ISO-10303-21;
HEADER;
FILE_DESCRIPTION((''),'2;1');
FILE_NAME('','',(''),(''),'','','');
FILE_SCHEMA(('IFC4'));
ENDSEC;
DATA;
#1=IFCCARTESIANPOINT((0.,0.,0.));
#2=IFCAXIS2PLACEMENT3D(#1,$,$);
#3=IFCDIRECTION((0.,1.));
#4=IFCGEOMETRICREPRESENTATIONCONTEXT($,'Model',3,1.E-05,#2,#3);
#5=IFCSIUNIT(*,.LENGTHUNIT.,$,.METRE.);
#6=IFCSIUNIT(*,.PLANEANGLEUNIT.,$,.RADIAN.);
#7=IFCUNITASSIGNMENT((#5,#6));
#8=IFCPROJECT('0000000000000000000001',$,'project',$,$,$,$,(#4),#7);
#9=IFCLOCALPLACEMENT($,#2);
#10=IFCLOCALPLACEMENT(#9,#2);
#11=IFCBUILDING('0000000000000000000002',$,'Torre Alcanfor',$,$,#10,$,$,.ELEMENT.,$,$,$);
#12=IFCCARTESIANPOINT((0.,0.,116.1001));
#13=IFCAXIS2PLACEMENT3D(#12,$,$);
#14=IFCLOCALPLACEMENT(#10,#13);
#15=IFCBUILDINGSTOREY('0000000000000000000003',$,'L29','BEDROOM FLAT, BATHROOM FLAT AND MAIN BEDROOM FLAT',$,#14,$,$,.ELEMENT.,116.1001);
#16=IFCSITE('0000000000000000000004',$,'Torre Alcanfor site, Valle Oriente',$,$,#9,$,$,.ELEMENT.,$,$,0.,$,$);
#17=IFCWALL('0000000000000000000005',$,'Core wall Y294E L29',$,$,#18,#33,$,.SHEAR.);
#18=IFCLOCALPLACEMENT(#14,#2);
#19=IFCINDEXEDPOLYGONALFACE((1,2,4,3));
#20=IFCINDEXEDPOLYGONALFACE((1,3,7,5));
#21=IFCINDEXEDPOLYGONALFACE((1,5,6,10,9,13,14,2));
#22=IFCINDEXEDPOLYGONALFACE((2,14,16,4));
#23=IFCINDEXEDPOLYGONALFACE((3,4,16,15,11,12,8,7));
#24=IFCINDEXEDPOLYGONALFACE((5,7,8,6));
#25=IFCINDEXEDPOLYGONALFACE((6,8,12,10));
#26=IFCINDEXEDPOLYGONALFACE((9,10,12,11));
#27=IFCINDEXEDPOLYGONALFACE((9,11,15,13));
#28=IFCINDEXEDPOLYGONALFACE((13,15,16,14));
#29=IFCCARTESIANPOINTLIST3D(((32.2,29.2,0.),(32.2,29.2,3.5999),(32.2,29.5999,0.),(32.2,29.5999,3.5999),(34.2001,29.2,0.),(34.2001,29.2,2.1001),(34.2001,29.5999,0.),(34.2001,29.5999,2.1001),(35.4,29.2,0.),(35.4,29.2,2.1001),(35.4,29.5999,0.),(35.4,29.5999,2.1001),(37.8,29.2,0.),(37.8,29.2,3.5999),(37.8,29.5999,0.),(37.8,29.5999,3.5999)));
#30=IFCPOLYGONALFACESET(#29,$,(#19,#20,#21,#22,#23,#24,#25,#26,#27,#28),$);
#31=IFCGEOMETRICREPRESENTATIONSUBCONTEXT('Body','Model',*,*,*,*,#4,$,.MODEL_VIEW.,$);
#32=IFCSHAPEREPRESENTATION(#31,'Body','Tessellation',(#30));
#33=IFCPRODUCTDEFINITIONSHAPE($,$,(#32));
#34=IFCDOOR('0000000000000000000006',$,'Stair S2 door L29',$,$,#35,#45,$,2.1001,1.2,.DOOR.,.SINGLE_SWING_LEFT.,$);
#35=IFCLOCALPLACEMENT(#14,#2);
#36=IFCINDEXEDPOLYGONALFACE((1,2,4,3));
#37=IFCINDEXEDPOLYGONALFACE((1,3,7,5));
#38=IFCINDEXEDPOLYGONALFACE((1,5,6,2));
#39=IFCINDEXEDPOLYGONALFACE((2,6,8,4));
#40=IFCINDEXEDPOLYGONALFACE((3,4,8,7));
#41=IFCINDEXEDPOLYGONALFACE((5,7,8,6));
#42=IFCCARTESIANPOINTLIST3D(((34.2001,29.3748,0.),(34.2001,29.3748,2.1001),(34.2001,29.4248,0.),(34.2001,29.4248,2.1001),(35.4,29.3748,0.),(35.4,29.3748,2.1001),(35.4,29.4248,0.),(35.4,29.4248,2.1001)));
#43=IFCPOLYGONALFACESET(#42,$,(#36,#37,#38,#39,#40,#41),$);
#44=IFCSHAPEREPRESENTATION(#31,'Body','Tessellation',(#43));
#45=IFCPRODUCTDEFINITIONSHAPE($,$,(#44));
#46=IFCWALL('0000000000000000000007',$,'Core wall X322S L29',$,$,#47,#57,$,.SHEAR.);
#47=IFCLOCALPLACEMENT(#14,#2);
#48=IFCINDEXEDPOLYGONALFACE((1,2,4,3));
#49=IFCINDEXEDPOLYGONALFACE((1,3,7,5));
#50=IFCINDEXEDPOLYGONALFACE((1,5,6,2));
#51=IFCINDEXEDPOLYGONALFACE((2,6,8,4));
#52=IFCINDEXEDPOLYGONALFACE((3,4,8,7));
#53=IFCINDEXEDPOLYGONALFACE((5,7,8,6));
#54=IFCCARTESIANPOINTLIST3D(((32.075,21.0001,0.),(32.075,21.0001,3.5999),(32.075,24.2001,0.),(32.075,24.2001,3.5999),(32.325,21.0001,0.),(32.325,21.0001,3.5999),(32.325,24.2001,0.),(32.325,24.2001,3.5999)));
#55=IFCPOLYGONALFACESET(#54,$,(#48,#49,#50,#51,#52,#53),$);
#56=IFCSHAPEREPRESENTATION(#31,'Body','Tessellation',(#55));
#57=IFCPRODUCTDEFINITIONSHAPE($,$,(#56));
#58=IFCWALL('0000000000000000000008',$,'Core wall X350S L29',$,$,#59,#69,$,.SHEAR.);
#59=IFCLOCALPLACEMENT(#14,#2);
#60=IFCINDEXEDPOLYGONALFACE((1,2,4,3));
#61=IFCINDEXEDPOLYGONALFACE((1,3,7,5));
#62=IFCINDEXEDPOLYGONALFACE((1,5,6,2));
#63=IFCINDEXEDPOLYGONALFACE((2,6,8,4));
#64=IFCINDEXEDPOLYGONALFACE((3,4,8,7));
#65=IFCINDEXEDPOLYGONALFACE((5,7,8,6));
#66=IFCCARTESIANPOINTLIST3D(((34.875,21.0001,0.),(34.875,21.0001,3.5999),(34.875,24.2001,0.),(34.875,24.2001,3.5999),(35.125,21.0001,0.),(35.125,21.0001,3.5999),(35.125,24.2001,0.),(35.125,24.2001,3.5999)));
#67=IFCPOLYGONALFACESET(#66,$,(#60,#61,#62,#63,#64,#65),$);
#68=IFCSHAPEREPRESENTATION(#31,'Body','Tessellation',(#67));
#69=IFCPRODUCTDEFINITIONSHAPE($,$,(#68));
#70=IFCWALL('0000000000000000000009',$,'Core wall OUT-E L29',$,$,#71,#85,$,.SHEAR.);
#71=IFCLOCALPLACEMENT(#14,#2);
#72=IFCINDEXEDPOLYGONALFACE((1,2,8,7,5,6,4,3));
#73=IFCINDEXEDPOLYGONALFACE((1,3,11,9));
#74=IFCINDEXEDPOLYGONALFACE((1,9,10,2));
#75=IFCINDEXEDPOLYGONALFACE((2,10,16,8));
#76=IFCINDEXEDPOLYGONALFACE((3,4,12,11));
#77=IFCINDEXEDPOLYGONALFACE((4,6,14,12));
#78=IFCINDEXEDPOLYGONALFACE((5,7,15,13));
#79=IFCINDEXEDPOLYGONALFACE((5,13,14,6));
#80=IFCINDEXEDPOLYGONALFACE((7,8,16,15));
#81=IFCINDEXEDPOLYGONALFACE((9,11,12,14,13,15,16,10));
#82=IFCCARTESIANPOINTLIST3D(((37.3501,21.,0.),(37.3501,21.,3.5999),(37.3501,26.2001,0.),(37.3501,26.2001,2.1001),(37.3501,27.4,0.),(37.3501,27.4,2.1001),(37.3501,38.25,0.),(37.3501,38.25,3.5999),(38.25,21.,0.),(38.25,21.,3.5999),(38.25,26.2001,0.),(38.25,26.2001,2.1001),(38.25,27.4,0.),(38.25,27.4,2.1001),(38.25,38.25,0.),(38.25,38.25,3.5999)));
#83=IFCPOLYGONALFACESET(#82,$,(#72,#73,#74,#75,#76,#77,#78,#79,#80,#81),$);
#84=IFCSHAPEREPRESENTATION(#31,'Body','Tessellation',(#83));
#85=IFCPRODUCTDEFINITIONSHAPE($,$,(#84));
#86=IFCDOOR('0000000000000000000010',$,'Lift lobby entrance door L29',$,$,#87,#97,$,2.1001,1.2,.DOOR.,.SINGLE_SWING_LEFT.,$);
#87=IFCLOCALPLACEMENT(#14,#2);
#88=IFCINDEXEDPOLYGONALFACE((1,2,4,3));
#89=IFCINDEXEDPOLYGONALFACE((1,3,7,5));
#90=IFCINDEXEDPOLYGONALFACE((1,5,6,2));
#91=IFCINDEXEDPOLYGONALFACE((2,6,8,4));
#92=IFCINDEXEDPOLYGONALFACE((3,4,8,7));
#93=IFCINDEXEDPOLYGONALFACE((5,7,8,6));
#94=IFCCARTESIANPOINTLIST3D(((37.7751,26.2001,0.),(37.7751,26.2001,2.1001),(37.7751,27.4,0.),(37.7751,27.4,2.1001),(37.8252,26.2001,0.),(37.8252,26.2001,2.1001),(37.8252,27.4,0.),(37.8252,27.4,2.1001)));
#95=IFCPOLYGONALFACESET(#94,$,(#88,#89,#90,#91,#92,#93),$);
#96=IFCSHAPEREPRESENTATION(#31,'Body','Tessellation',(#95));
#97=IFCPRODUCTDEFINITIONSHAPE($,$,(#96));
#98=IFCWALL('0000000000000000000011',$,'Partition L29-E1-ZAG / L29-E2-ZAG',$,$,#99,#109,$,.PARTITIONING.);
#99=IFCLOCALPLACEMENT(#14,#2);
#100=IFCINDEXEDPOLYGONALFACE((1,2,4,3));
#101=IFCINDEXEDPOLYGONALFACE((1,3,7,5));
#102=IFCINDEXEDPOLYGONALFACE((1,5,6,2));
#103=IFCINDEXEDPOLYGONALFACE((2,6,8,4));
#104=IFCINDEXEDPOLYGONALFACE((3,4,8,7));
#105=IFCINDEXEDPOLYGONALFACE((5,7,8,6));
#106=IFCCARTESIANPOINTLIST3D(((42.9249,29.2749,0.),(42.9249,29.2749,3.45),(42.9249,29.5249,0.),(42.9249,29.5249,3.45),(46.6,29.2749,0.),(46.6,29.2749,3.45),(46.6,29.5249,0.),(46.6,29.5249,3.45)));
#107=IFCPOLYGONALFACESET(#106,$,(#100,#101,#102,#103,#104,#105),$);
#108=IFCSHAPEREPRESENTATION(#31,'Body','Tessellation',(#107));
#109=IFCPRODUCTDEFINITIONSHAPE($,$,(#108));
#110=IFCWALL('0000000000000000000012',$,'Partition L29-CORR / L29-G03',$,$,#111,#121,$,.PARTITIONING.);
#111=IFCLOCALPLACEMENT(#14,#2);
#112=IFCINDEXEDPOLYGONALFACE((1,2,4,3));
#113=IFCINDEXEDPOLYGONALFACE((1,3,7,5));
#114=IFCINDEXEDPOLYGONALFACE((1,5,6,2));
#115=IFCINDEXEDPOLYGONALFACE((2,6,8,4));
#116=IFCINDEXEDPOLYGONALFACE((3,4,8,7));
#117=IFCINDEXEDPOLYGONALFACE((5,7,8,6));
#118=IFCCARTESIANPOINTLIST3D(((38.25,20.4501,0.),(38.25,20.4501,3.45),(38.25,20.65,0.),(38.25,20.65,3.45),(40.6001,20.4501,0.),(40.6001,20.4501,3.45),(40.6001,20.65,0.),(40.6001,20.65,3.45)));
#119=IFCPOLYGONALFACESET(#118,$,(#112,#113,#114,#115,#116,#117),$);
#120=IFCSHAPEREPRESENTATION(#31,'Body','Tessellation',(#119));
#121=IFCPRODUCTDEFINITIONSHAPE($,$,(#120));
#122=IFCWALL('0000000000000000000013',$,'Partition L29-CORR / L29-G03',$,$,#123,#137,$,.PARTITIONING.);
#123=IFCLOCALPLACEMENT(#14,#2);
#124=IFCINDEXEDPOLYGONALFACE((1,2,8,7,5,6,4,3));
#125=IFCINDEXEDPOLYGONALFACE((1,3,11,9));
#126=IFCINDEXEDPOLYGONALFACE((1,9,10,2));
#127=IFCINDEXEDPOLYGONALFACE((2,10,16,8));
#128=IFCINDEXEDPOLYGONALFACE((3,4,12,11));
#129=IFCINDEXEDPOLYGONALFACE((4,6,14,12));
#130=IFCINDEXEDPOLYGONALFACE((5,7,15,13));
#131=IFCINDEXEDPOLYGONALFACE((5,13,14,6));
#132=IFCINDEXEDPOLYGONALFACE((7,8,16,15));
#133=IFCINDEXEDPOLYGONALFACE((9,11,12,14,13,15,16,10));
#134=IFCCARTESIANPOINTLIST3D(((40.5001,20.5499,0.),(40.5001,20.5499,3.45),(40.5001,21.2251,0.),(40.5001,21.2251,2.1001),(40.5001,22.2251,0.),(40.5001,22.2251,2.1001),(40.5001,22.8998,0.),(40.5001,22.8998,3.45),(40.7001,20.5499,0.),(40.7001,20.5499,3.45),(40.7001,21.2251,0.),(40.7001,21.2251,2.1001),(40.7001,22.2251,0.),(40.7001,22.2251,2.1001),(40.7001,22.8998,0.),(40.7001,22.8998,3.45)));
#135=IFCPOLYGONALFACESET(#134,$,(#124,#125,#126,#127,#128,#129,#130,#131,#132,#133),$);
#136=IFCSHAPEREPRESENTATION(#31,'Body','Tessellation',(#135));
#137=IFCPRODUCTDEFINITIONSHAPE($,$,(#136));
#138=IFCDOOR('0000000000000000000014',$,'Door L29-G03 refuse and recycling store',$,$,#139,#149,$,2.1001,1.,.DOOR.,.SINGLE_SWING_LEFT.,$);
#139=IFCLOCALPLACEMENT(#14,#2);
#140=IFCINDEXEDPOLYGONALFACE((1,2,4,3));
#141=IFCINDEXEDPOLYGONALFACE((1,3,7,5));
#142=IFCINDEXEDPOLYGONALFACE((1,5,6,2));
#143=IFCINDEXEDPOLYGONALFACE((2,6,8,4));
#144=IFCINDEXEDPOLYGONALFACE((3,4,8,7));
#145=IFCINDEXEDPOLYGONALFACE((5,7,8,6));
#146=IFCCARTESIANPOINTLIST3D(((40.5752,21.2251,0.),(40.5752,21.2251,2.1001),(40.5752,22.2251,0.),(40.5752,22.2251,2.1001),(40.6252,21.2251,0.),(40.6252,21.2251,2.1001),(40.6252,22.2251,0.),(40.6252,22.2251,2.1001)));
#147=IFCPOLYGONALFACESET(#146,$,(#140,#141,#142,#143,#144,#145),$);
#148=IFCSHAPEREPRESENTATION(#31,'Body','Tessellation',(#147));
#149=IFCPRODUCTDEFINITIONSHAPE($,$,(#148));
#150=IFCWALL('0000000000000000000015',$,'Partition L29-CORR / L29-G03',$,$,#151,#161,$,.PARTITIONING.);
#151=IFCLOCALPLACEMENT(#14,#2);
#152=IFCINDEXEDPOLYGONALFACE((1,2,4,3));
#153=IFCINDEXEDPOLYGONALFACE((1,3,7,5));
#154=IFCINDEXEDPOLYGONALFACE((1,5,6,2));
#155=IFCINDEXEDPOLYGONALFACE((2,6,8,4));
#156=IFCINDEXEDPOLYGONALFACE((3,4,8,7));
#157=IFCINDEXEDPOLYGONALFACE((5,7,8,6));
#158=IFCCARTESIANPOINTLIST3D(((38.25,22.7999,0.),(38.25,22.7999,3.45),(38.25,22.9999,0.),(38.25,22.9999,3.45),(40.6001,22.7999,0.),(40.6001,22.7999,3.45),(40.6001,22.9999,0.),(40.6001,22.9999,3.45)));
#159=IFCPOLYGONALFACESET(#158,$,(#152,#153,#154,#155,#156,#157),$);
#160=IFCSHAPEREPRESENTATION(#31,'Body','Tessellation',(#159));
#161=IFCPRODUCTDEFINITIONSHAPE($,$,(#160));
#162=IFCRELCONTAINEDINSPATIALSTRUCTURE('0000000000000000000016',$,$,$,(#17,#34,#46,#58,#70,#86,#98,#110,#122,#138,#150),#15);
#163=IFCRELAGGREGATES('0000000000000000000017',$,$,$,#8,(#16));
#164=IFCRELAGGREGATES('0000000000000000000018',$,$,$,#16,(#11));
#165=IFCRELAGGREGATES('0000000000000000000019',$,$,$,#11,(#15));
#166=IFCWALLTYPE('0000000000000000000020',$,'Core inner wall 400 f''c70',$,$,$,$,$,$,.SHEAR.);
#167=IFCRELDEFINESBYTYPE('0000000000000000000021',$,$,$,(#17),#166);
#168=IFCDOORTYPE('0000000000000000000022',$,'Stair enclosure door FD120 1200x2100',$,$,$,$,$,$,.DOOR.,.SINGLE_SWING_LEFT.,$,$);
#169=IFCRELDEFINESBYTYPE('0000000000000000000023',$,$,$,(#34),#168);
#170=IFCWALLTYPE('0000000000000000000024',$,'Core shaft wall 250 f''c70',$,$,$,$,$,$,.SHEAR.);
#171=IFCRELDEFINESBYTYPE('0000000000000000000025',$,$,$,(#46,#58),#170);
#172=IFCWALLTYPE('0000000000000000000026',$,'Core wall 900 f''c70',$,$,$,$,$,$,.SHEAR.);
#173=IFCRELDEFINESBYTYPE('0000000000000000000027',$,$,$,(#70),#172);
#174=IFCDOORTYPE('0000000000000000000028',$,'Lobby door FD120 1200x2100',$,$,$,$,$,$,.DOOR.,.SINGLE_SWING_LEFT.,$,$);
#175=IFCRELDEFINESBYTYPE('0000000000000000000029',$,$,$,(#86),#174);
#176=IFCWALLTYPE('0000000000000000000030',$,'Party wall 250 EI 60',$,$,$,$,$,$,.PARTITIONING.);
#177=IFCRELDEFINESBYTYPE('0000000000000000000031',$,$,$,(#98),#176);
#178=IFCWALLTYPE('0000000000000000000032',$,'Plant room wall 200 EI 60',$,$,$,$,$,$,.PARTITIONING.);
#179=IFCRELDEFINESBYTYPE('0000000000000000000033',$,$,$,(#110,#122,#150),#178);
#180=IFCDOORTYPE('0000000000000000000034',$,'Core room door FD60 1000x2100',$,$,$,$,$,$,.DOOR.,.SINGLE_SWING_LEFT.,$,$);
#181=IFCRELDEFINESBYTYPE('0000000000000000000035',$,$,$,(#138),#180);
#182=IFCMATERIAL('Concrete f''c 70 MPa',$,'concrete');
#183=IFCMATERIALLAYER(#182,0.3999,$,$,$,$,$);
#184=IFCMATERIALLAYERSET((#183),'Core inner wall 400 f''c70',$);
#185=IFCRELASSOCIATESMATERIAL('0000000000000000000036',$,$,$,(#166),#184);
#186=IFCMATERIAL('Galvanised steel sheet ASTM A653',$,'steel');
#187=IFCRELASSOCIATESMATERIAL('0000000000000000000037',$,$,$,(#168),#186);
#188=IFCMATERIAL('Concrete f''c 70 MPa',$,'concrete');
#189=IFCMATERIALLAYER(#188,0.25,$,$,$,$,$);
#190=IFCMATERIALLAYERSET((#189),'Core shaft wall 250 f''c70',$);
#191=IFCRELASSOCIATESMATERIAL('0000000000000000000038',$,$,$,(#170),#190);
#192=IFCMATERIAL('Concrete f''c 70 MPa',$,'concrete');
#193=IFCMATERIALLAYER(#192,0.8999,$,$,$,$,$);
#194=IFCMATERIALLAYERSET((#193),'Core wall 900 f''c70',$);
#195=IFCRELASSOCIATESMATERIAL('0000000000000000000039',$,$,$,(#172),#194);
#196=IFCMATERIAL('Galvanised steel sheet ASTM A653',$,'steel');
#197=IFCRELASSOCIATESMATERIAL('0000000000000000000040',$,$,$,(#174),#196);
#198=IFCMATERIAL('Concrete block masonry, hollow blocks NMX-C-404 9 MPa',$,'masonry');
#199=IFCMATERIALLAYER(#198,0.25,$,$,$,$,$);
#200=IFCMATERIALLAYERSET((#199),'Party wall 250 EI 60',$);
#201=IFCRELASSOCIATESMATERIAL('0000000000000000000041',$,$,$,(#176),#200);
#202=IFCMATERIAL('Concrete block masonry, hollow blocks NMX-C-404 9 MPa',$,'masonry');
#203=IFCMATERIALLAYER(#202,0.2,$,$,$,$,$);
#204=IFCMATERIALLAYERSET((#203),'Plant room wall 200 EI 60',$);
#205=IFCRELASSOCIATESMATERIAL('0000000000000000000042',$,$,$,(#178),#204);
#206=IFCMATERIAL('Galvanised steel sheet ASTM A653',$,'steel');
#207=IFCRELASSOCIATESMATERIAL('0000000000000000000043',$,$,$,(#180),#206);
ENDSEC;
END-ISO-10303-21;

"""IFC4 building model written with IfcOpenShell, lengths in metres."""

from ifc_helpers import new_model, si_unit, direction, frame, frame_2d, origin, place, context, subcontext, project, spatial, rectangle, extrude, material, layer, layer_set, type_object, element, fill, save


model = new_model("IFC4")

# Units and contexts
model_context = context("Model", 3, precision=1e-05, world=origin(), true_north=direction((0.0, 1.0)))
body_context = subcontext(model_context, "Body", "Model", "MODEL_VIEW")
ifc_project = project(units=[si_unit("LENGTHUNIT", "METRE"), si_unit("PLANEANGLEUNIT", "RADIAN")], contexts=[model_context])

# Site, building, storey
site_placement = place(None, origin())
site = spatial("IfcSite", under=ifc_project, at=site_placement, Name="Torre Alcanfor site, Valle Oriente", CompositionType="ELEMENT", RefElevation=0.0)
building_placement = place(site_placement, origin())
building = spatial("IfcBuilding", under=site, at=building_placement, Name="Torre Alcanfor", CompositionType="ELEMENT")
storey_placement = place(building_placement, frame((0.0, 0.0, 116.1001)))
storey = spatial("IfcBuildingStorey", under=building, at=storey_placement, Name="L29", Description="BEDROOM FLAT, BATHROOM FLAT AND MAIN BEDROOM FLAT", CompositionType="ELEMENT", Elevation=116.1001)

# Shared definitions
ifc_material_1 = material(Name="Concrete f'c 70 MPa", Category="concrete")
ifc_layer_1 = layer(ifc_material_1, 0.3999)
ifc_layer_set_1 = layer_set([ifc_layer_1], Name="Core inner wall 400 f'c70")
wall_type_1 = type_object("IfcWallType", Name="Core inner wall 400 f'c70", PredefinedType="SHEAR", material=ifc_layer_set_1)

# Wall, opening, door
wall_1_placement = place(storey_placement, frame((32.2, 29.3999, 0.0), z_axis=(0.0, 0.0, 1.0), x_axis=(1.0, 0.0, 0.0)))
wall_1 = element("IfcWall", 1, at=wall_1_placement, inside=storey, type_object=wall_type_1, Name="Core wall Y294E L29", PredefinedType="SHEAR", context=body_context, shape_type="SweptSolid", body=[
    extrude(rectangle(XDim=5.6001, YDim=0.3999, at=frame_2d((2.8, 0.0))), origin(), (0.0, 0.0, 1.0), 3.5999),
])
opening_1_placement = place(wall_1_placement, frame((2.0, 0.0, 0.0)))
opening_1 = element("IfcOpeningElement", 2, at=opening_1_placement, cuts=wall_1, PredefinedType="OPENING", context=body_context, shape_type="SweptSolid", body=[
    extrude(rectangle(XDim=1.2, YDim=2.1001, at=frame_2d((0.6001, 1.05))), frame((0.0, 0.21, 0.0), z_axis=(0.0, -1.0, 0.0), x_axis=(1.0, 0.0, 0.0)), (0.0, 0.0, 1.0), 0.4199),
])
ifc_material_2 = material(Name="Galvanised steel sheet ASTM A653", Category="steel")
door_type_1 = type_object("IfcDoorType", Name="Stair enclosure door FD120 1200x2100", OperationType="SINGLE_SWING_LEFT", PredefinedType="DOOR", material=ifc_material_2)
door_1_placement = place(opening_1_placement, origin())
door_1 = element("IfcDoor", 3, at=door_1_placement, inside=storey, type_object=door_type_1, Name="Stair S2 door L29", OperationType="SINGLE_SWING_LEFT", OverallHeight=2.1001, OverallWidth=1.2, PredefinedType="DOOR", context=body_context, shape_type="SweptSolid", body=[
    extrude(rectangle(XDim=1.2, YDim=2.1001, at=frame_2d((0.6001, 1.05))), frame((0.0, 0.0249, 0.0), z_axis=(0.0, -1.0, 0.0), x_axis=(1.0, 0.0, 0.0)), (0.0, 0.0, 1.0), 0.05),
])
fill(opening_1, door_1)

# Walls
ifc_material_3 = material(Name="Concrete f'c 70 MPa", Category="concrete")
ifc_layer_2 = layer(ifc_material_3, 0.25)
ifc_layer_set_2 = layer_set([ifc_layer_2], Name="Core shaft wall 250 f'c70")
wall_type_2 = type_object("IfcWallType", Name="Core shaft wall 250 f'c70", PredefinedType="SHEAR", material=ifc_layer_set_2)
for number, where, z_axis, x_axis, name in (
    (4, (32.2, 21.0, 0.0), (0.0, 0.0, 1.0), (0.0, 1.0, 0.0), "Core wall X322S L29"),
    (5, (35.0, 21.0, 0.0), (0.0, 0.0, 1.0), (0.0, 1.0, 0.0), "Core wall X350S L29"),
):
    element("IfcWall", number, at=place(storey_placement, frame(where, z_axis=z_axis, x_axis=x_axis)), inside=storey, type_object=wall_type_2, Name=name, PredefinedType="SHEAR", context=body_context, shape_type="SweptSolid", body=[
        extrude(rectangle(XDim=3.2, YDim=0.25, at=frame_2d((1.6001, 0.0))), origin(), (0.0, 0.0, 1.0), 3.5999),
    ])

# Wall, opening, door
ifc_material_4 = material(Name="Concrete f'c 70 MPa", Category="concrete")
ifc_layer_3 = layer(ifc_material_4, 0.8999)
ifc_layer_set_3 = layer_set([ifc_layer_3], Name="Core wall 900 f'c70")
wall_type_3 = type_object("IfcWallType", Name="Core wall 900 f'c70", PredefinedType="SHEAR", material=ifc_layer_set_3)
wall_2_placement = place(storey_placement, frame((37.8, 21.0, 0.0), z_axis=(0.0, 0.0, 1.0), x_axis=(0.0, 1.0, 0.0)))
wall_2 = element("IfcWall", 6, at=wall_2_placement, inside=storey, type_object=wall_type_3, Name="Core wall OUT-E L29", PredefinedType="SHEAR", context=body_context, shape_type="SweptSolid", body=[
    extrude(rectangle(XDim=17.25, YDim=0.8999, at=frame_2d((8.625, 0.0))), origin(), (0.0, 0.0, 1.0), 3.5999),
])
opening_2_placement = place(wall_2_placement, frame((5.2, 0.0, 0.0)))
opening_2 = element("IfcOpeningElement", 7, at=opening_2_placement, cuts=wall_2, PredefinedType="OPENING", context=body_context, shape_type="SweptSolid", body=[
    extrude(rectangle(XDim=1.2, YDim=2.1001, at=frame_2d((0.6001, 1.05))), frame((0.0, 0.46, 0.0), z_axis=(0.0, -1.0, 0.0), x_axis=(1.0, 0.0, 0.0)), (0.0, 0.0, 1.0), 0.9199),
])
ifc_material_5 = material(Name="Galvanised steel sheet ASTM A653", Category="steel")
door_type_2 = type_object("IfcDoorType", Name="Lobby door FD120 1200x2100", OperationType="SINGLE_SWING_LEFT", PredefinedType="DOOR", material=ifc_material_5)
door_2_placement = place(opening_2_placement, origin())
door_2 = element("IfcDoor", 8, at=door_2_placement, inside=storey, type_object=door_type_2, Name="Lift lobby entrance door L29", OperationType="SINGLE_SWING_LEFT", OverallHeight=2.1001, OverallWidth=1.2, PredefinedType="DOOR", context=body_context, shape_type="SweptSolid", body=[
    extrude(rectangle(XDim=1.2, YDim=2.1001, at=frame_2d((0.6001, 1.05))), frame((0.0, 0.0249, 0.0), z_axis=(0.0, -1.0, 0.0), x_axis=(1.0, 0.0, 0.0)), (0.0, 0.0, 1.0), 0.05),
])
fill(opening_2, door_2)

# Walls
ifc_material_6 = material(Name="Concrete block masonry, hollow blocks NMX-C-404 9 MPa", Category="masonry")
ifc_layer_4 = layer(ifc_material_6, 0.25)
ifc_layer_set_4 = layer_set([ifc_layer_4], Name="Party wall 250 EI 60")
wall_type_4 = type_object("IfcWallType", Name="Party wall 250 EI 60", PredefinedType="PARTITIONING", material=ifc_layer_set_4)
wall_3_placement = place(storey_placement, frame((42.925, 29.3999, 0.0), z_axis=(0.0, 0.0, 1.0), x_axis=(1.0, 0.0, 0.0)))
element("IfcWall", 9, at=wall_3_placement, inside=storey, type_object=wall_type_4, Name="Partition L29-E1-ZAG / L29-E2-ZAG", PredefinedType="PARTITIONING", context=body_context, shape_type="SweptSolid", body=[
    extrude(rectangle(XDim=3.675, YDim=0.25, at=frame_2d((1.8374, 0.0))), origin(), (0.0, 0.0, 1.0), 3.45),
])
ifc_material_7 = material(Name="Concrete block masonry, hollow blocks NMX-C-404 9 MPa", Category="masonry")
ifc_layer_5 = layer(ifc_material_7, 0.2)
ifc_layer_set_5 = layer_set([ifc_layer_5], Name="Plant room wall 200 EI 60")
wall_type_5 = type_object("IfcWallType", Name="Plant room wall 200 EI 60", PredefinedType="PARTITIONING", material=ifc_layer_set_5)
wall_4_placement = place(storey_placement, frame((38.25, 20.55, 0.0), z_axis=(0.0, 0.0, 1.0), x_axis=(1.0, 0.0, 0.0)))
element("IfcWall", 10, at=wall_4_placement, inside=storey, type_object=wall_type_5, Name="Partition L29-CORR / L29-G03", PredefinedType="PARTITIONING", context=body_context, shape_type="SweptSolid", body=[
    extrude(rectangle(XDim=2.3501, YDim=0.2, at=frame_2d((1.175, 0.0))), origin(), (0.0, 0.0, 1.0), 3.45),
])

# Wall, opening, door
wall_5_placement = place(storey_placement, frame((40.6001, 20.55, 0.0), z_axis=(0.0, 0.0, 1.0), x_axis=(0.0, 1.0, 0.0)))
wall_5 = element("IfcWall", 11, at=wall_5_placement, inside=storey, type_object=wall_type_5, Name="Partition L29-CORR / L29-G03", PredefinedType="PARTITIONING", context=body_context, shape_type="SweptSolid", body=[
    extrude(rectangle(XDim=2.3499, YDim=0.2, at=frame_2d((1.1748, 0.0))), origin(), (0.0, 0.0, 1.0), 3.45),
])
opening_3_placement = place(wall_5_placement, frame((0.675, 0.0, 0.0)))
opening_3 = element("IfcOpeningElement", 12, at=opening_3_placement, cuts=wall_5, PredefinedType="OPENING", context=body_context, shape_type="SweptSolid", body=[
    extrude(rectangle(XDim=1.0, YDim=2.1001, at=frame_2d((0.5, 1.05))), frame((0.0, 0.1099, 0.0), z_axis=(0.0, -1.0, 0.0), x_axis=(1.0, 0.0, 0.0)), (0.0, 0.0, 1.0), 0.22),
])
ifc_material_8 = material(Name="Galvanised steel sheet ASTM A653", Category="steel")
door_type_3 = type_object("IfcDoorType", Name="Core room door FD60 1000x2100", OperationType="SINGLE_SWING_LEFT", PredefinedType="DOOR", material=ifc_material_8)
door_3_placement = place(opening_3_placement, origin())
door_3 = element("IfcDoor", 13, at=door_3_placement, inside=storey, type_object=door_type_3, Name="Door L29-G03 refuse and recycling store", OperationType="SINGLE_SWING_LEFT", OverallHeight=2.1001, OverallWidth=1.0, PredefinedType="DOOR", context=body_context, shape_type="SweptSolid", body=[
    extrude(rectangle(XDim=1.0, YDim=2.1001, at=frame_2d((0.5, 1.05))), frame((0.0, 0.0249, 0.0), z_axis=(0.0, -1.0, 0.0), x_axis=(1.0, 0.0, 0.0)), (0.0, 0.0, 1.0), 0.05),
])
fill(opening_3, door_3)

# Wall
wall_6_placement = place(storey_placement, frame((40.6001, 22.8999, 0.0), z_axis=(0.0, 0.0, 1.0), x_axis=(-1.0, 0.0, 0.0)))
element("IfcWall", 14, at=wall_6_placement, inside=storey, type_object=wall_type_5, Name="Partition L29-CORR / L29-G03", PredefinedType="PARTITIONING", context=body_context, shape_type="SweptSolid", body=[
    extrude(rectangle(XDim=2.3501, YDim=0.2, at=frame_2d((1.175, 0.0))), origin(), (0.0, 0.0, 1.0), 3.45),
])

save(model, "model.ifc")
